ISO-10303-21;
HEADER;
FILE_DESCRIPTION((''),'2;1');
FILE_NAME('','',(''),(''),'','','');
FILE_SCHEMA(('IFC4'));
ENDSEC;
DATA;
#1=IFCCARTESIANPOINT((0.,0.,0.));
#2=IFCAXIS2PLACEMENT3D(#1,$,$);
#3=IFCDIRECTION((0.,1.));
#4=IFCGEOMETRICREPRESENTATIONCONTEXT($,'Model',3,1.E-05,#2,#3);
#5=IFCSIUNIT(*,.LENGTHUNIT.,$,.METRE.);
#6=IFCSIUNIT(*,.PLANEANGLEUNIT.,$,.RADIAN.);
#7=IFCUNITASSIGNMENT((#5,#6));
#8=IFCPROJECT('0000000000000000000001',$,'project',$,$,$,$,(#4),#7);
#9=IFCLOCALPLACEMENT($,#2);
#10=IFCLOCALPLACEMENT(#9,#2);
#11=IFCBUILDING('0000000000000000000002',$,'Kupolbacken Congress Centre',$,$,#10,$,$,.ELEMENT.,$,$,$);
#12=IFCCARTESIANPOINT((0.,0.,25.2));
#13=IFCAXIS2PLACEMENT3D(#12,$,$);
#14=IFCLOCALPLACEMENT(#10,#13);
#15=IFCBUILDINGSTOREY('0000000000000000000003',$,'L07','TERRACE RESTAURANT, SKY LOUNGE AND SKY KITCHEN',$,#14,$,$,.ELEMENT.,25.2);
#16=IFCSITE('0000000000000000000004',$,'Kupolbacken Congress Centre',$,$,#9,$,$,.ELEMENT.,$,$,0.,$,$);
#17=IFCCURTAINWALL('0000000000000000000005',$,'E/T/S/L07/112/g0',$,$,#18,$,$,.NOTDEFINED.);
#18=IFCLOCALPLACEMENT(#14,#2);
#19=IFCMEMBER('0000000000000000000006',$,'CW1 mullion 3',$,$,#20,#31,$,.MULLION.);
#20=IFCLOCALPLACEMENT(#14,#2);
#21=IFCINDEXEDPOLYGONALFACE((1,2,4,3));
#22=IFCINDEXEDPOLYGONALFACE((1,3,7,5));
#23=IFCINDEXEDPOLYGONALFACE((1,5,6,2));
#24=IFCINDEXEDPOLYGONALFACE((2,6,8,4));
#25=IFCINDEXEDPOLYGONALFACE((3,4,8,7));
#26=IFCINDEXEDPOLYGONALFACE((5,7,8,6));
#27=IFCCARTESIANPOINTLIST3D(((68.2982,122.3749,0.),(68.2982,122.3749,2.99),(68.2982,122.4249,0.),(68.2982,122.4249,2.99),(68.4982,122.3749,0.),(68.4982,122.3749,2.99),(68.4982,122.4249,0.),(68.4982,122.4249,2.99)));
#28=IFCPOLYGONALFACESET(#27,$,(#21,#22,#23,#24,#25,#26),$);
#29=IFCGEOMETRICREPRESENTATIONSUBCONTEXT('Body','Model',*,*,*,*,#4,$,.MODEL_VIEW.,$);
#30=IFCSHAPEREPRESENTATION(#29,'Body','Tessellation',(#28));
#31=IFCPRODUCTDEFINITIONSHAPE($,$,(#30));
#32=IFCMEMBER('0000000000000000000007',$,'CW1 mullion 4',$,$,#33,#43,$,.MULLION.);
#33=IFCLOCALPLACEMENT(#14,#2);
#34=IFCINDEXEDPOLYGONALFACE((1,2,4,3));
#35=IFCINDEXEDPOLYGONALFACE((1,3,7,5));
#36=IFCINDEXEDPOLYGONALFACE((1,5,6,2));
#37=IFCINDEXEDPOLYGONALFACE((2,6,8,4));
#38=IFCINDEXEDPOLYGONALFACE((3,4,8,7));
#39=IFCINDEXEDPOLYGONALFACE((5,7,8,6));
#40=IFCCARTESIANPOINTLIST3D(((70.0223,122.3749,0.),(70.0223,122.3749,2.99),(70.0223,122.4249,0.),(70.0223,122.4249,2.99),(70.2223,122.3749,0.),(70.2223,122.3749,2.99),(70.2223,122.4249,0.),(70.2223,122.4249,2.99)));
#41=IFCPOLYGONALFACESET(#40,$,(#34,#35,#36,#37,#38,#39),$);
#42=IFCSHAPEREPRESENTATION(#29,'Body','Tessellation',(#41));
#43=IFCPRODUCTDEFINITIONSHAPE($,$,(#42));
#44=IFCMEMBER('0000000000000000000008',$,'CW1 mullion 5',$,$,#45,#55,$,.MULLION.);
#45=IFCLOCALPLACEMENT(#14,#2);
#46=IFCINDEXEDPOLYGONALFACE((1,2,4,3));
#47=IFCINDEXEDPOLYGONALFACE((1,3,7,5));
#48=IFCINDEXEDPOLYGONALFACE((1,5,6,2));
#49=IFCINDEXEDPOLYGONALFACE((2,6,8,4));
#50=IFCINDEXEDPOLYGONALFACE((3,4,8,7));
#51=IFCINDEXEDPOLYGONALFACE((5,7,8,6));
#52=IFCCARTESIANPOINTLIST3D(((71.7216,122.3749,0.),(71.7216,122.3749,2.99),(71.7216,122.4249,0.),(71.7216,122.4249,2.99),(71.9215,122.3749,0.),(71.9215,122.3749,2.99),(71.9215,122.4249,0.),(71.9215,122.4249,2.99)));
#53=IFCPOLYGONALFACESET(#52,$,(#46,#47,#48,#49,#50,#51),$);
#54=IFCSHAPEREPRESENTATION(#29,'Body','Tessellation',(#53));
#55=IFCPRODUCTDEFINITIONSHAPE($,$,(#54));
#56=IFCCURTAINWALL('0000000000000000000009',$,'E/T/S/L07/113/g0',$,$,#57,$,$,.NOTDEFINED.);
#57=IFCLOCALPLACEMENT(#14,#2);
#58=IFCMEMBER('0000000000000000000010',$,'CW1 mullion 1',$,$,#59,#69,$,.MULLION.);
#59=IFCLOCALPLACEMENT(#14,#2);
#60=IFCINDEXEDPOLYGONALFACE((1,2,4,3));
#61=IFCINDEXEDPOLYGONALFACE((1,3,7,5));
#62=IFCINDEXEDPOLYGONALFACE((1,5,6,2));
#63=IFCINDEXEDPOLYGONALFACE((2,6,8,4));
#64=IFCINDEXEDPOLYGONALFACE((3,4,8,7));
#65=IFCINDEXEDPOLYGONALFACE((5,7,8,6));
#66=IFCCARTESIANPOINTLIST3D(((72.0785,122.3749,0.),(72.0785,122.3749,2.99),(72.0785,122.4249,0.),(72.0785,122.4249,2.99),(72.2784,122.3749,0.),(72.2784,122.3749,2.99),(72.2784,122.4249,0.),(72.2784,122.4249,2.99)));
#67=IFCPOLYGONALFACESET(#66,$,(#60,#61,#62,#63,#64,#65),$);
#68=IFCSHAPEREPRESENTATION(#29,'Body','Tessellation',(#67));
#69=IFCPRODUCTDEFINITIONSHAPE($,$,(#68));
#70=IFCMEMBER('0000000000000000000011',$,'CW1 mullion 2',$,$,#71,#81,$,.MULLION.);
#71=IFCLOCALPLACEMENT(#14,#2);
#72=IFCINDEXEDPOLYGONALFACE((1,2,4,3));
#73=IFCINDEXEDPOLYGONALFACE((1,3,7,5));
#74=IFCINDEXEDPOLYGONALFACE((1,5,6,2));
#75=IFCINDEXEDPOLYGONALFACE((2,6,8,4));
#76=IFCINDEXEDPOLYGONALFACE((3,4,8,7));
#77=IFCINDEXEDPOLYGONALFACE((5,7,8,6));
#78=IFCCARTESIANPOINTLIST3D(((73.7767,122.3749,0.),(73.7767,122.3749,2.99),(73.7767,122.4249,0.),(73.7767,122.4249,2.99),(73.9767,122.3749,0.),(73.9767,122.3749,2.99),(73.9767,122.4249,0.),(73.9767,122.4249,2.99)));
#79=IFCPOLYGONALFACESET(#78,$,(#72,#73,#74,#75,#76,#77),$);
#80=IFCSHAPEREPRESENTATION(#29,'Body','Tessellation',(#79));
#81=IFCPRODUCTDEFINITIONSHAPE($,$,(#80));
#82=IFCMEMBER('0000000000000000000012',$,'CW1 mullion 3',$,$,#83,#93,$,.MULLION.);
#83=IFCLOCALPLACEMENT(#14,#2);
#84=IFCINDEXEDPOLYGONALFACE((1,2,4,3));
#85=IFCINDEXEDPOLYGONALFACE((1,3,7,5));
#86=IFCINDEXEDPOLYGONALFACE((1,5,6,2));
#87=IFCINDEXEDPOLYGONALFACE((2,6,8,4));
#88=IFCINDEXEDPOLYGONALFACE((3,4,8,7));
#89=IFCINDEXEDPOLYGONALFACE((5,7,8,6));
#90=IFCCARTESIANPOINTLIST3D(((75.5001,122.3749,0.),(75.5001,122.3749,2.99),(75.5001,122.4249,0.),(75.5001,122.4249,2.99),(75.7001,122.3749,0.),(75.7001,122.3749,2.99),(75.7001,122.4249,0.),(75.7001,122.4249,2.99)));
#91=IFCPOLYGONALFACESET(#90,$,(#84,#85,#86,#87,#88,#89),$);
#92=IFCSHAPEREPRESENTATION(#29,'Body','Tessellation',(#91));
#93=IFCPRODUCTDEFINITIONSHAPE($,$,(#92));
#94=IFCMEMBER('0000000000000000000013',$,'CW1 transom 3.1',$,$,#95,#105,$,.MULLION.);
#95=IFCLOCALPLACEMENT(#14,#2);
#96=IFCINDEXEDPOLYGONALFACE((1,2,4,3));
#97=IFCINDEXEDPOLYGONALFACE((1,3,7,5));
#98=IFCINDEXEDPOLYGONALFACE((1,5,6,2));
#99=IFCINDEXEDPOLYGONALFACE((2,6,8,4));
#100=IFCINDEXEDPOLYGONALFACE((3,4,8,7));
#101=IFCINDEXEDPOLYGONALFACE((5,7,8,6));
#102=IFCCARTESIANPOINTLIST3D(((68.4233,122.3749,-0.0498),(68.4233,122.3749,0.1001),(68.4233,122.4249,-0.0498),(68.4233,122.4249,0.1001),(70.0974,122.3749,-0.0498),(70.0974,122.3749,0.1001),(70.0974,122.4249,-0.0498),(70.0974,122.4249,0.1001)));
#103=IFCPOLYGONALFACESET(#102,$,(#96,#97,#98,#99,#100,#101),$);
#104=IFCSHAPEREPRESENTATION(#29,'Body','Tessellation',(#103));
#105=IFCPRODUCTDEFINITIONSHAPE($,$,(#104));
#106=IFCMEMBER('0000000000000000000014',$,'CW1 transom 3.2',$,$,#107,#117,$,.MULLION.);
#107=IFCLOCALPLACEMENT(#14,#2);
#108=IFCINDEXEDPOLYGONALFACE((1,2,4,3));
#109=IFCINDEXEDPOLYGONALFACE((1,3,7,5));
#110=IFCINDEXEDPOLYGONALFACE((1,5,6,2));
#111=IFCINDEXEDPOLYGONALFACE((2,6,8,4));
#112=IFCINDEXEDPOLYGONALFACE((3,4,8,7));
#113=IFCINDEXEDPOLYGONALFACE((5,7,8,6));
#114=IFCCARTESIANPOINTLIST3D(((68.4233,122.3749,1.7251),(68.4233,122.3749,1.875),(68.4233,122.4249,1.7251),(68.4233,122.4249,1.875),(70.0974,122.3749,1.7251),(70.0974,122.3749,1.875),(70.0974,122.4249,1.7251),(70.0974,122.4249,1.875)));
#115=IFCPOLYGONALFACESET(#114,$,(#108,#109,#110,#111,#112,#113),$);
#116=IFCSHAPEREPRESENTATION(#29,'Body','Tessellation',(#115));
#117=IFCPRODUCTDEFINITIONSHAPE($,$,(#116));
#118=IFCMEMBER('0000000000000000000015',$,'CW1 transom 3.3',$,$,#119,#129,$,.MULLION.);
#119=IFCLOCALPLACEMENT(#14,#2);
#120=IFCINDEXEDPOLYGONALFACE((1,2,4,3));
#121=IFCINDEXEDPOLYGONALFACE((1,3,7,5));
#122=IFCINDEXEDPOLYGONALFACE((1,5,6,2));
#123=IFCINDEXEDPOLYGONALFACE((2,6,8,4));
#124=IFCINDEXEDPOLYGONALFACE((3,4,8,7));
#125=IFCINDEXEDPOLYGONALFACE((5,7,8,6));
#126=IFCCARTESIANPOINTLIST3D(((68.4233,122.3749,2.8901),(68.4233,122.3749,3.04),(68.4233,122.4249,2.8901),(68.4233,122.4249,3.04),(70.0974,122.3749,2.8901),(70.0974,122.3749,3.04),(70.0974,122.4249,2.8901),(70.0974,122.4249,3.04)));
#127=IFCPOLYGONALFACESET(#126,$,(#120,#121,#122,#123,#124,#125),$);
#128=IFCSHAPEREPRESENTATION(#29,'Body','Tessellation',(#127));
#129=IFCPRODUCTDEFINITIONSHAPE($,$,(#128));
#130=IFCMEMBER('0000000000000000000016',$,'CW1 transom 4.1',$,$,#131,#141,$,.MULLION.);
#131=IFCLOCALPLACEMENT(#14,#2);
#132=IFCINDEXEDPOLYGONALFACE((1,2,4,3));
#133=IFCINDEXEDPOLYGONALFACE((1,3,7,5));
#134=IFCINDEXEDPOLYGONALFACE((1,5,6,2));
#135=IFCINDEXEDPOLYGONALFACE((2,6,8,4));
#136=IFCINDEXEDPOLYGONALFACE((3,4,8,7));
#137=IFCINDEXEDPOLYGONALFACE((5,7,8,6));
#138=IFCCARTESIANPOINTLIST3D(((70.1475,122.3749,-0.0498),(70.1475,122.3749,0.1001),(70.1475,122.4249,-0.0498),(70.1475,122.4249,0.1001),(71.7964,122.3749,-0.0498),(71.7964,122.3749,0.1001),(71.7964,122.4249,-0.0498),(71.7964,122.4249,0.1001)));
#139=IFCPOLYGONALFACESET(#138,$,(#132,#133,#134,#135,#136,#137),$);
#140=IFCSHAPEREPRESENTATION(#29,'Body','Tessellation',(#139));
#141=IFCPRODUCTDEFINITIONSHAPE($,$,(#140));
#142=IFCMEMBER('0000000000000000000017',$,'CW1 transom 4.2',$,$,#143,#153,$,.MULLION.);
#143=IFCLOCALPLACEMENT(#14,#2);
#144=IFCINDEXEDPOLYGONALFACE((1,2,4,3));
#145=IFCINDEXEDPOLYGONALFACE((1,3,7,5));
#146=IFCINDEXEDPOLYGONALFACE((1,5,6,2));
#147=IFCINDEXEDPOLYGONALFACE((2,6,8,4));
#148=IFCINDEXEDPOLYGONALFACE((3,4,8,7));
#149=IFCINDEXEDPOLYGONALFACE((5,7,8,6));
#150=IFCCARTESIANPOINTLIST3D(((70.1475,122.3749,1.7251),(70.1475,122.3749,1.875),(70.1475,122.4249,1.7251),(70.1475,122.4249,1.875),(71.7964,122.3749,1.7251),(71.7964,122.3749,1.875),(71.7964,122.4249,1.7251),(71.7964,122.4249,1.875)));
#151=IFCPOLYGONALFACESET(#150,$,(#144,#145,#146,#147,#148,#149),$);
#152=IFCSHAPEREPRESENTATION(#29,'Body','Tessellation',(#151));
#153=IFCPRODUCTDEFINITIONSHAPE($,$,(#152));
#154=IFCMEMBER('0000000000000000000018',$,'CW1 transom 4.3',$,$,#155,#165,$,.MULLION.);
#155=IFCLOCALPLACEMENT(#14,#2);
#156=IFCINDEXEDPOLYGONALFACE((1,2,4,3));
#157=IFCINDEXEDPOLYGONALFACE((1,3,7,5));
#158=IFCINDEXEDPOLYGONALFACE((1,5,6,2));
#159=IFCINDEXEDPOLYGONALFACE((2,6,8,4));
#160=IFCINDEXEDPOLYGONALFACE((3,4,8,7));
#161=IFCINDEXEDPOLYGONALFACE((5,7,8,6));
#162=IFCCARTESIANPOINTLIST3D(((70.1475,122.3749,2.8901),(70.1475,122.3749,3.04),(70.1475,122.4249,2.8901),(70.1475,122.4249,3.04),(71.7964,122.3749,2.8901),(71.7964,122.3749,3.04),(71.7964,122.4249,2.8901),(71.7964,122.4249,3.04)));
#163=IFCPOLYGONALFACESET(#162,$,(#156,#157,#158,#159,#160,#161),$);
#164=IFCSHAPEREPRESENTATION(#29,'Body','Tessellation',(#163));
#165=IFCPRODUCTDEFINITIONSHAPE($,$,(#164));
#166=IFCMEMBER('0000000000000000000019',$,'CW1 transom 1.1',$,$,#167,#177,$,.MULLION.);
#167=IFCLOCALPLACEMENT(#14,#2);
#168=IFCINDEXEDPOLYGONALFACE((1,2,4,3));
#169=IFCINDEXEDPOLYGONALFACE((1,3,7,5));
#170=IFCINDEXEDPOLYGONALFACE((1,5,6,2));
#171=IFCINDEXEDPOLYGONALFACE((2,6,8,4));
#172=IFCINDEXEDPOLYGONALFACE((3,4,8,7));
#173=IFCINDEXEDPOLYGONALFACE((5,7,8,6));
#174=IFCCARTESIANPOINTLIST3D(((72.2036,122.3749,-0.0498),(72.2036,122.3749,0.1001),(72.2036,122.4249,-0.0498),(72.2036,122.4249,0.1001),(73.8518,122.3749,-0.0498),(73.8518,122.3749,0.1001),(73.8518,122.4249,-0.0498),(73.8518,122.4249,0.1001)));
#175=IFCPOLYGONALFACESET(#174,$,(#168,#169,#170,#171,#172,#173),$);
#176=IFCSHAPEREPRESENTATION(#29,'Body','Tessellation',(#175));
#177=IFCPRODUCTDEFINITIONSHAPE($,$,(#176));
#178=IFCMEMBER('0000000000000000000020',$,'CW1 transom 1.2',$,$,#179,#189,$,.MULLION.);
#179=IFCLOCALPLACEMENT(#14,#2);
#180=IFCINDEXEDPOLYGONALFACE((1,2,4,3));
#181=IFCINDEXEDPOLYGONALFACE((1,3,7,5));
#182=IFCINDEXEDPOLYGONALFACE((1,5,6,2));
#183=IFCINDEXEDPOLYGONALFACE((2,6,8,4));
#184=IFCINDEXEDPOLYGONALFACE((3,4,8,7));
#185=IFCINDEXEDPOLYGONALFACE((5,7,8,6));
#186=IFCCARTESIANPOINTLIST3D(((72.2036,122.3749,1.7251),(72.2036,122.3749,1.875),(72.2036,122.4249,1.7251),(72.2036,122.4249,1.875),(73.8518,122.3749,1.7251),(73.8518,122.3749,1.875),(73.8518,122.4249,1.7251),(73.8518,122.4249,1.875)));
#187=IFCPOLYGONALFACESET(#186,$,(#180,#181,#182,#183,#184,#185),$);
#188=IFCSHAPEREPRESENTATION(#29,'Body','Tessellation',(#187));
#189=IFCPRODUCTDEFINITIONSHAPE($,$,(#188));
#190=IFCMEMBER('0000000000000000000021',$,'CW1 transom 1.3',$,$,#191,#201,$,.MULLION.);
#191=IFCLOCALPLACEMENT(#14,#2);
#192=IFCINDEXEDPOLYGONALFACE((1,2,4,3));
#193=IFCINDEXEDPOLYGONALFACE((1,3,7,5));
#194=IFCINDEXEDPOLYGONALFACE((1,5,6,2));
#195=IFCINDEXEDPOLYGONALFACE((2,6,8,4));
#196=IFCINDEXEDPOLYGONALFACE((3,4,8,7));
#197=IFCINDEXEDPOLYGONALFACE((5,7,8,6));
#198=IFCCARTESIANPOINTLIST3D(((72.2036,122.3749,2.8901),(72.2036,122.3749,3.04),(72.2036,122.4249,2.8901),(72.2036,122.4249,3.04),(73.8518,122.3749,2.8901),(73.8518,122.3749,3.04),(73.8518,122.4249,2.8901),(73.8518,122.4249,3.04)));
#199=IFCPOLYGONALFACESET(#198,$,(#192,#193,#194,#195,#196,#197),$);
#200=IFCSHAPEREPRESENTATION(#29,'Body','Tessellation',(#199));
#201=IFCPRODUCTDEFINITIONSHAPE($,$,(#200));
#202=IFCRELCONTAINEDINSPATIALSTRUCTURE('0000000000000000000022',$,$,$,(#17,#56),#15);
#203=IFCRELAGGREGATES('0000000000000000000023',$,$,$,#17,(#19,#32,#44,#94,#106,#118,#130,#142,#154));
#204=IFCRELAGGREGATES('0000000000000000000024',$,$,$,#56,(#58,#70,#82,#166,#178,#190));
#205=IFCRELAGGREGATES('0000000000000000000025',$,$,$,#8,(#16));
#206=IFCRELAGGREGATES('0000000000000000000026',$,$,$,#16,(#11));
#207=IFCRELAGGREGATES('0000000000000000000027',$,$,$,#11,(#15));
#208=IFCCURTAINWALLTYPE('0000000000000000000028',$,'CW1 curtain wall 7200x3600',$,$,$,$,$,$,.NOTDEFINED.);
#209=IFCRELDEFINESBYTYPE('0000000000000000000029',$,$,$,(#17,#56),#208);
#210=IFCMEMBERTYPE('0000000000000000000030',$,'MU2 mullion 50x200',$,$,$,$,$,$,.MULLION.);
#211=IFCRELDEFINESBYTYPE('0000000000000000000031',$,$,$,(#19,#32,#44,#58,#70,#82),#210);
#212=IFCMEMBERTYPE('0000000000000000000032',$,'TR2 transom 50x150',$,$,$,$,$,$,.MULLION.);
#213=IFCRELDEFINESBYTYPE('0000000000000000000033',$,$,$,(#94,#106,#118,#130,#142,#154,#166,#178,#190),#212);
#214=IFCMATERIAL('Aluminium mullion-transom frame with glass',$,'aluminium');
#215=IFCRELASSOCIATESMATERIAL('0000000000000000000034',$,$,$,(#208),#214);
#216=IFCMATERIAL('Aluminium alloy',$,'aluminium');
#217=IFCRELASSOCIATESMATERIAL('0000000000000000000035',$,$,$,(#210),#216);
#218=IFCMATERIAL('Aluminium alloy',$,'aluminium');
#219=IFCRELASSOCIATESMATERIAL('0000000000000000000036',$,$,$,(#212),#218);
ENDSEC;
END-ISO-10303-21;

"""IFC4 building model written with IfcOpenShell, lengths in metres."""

from ifc_helpers import new_model, si_unit, direction, frame, origin, origin_2d, place, context, subcontext, project, spatial, rectangle, extrude, material, material_profile, profile_set, type_object, element, aggregate, save


model = new_model("IFC4")

# Units and contexts
model_context = context("Model", 3, precision=1e-05, world=origin(), true_north=direction((0.0, 1.0)))
body_context = subcontext(model_context, "Body", "Model", "MODEL_VIEW")
ifc_project = project(units=[si_unit("LENGTHUNIT", "METRE"), si_unit("PLANEANGLEUNIT", "RADIAN")], contexts=[model_context])

# Site, building, storey
site_placement = place(None, origin())
site = spatial("IfcSite", under=ifc_project, at=site_placement, Name="Kupolbacken Congress Centre", CompositionType="ELEMENT", RefElevation=0.0)
building_placement = place(site_placement, origin())
building = spatial("IfcBuilding", under=site, at=building_placement, Name="Kupolbacken Congress Centre", CompositionType="ELEMENT")
storey_placement = place(building_placement, frame((0.0, 0.0, 25.2)))
storey = spatial("IfcBuildingStorey", under=building, at=storey_placement, Name="L07", Description="TERRACE RESTAURANT, SKY LOUNGE AND SKY KITCHEN", CompositionType="ELEMENT", Elevation=25.2)

# Curtain walls, members
ifc_material_1 = material(Name="Aluminium mullion-transom frame with glass", Category="aluminium")
curtain_wall_type = type_object("IfcCurtainWallType", Name="CW1 curtain wall 7200x3600", PredefinedType="NOTDEFINED", material=ifc_material_1)
curtain_wall_1_placement = place(storey_placement, origin())
curtain_wall_1 = element("IfcCurtainWall", 1, at=curtain_wall_1_placement, inside=storey, type_object=curtain_wall_type, Name="E/T/S/L07/112/g0", PredefinedType="NOTDEFINED")
ifc_material_2 = material(Name="Aluminium alloy", Category="aluminium")
ifc_material_profile_1 = material_profile(ifc_material_2, rectangle(XDim=0.05, YDim=0.2, at=origin_2d()), Name="50 x 200")
ifc_profile_set_1 = profile_set([ifc_material_profile_1], Name="Aluminium alloy")
member_type_1 = type_object("IfcMemberType", Name="MU2 mullion 50x200", PredefinedType="MULLION", material=ifc_profile_set_1)
member_1_placement = place(storey_placement, frame((68.3982, 122.3999, 0.0), z_axis=(0.0, 0.0, 1.0), x_axis=(0.0, 1.0, 0.0)))
member_1 = element("IfcMember", 2, at=member_1_placement, type_object=member_type_1, Name="CW1 mullion 3", PredefinedType="MULLION", context=body_context, shape_type="SweptSolid", body=[
    extrude(rectangle(XDim=0.05, YDim=0.2, at=origin_2d()), origin(), (0.0, 0.0, 1.0), 2.99),
])
member_2_placement = place(storey_placement, frame((70.1223, 122.3999, 0.0), z_axis=(0.0, 0.0, 1.0), x_axis=(0.0, 1.0, 0.0)))
member_2 = element("IfcMember", 3, at=member_2_placement, type_object=member_type_1, Name="CW1 mullion 4", PredefinedType="MULLION", context=body_context, shape_type="SweptSolid", body=[
    extrude(rectangle(XDim=0.05, YDim=0.2, at=origin_2d()), origin(), (0.0, 0.0, 1.0), 2.99),
])
member_3_placement = place(storey_placement, frame((71.8215, 122.3999, 0.0), z_axis=(0.0, 0.0, 1.0), x_axis=(0.0, 1.0, 0.0)))
member_3 = element("IfcMember", 4, at=member_3_placement, type_object=member_type_1, Name="CW1 mullion 5", PredefinedType="MULLION", context=body_context, shape_type="SweptSolid", body=[
    extrude(rectangle(XDim=0.05, YDim=0.2, at=origin_2d()), origin(), (0.0, 0.0, 1.0), 2.99),
])
curtain_wall_2_placement = place(storey_placement, origin())
curtain_wall_2 = element("IfcCurtainWall", 5, at=curtain_wall_2_placement, inside=storey, type_object=curtain_wall_type, Name="E/T/S/L07/113/g0", PredefinedType="NOTDEFINED")
member_4_placement = place(storey_placement, frame((72.1785, 122.3999, 0.0), z_axis=(0.0, 0.0, 1.0), x_axis=(0.0, 1.0, 0.0)))
member_4 = element("IfcMember", 6, at=member_4_placement, type_object=member_type_1, Name="CW1 mullion 1", PredefinedType="MULLION", context=body_context, shape_type="SweptSolid", body=[
    extrude(rectangle(XDim=0.05, YDim=0.2, at=origin_2d()), origin(), (0.0, 0.0, 1.0), 2.99),
])
member_5_placement = place(storey_placement, frame((73.8767, 122.3999, 0.0), z_axis=(0.0, 0.0, 1.0), x_axis=(0.0, 1.0, 0.0)))
member_5 = element("IfcMember", 7, at=member_5_placement, type_object=member_type_1, Name="CW1 mullion 2", PredefinedType="MULLION", context=body_context, shape_type="SweptSolid", body=[
    extrude(rectangle(XDim=0.05, YDim=0.2, at=origin_2d()), origin(), (0.0, 0.0, 1.0), 2.99),
])
member_6_placement = place(storey_placement, frame((75.6001, 122.3999, 0.0), z_axis=(0.0, 0.0, 1.0), x_axis=(0.0, 1.0, 0.0)))
member_6 = element("IfcMember", 8, at=member_6_placement, type_object=member_type_1, Name="CW1 mullion 3", PredefinedType="MULLION", context=body_context, shape_type="SweptSolid", body=[
    extrude(rectangle(XDim=0.05, YDim=0.2, at=origin_2d()), origin(), (0.0, 0.0, 1.0), 2.99),
])

# Members
ifc_material_3 = material(Name="Aluminium alloy", Category="aluminium")
ifc_material_profile_2 = material_profile(ifc_material_3, rectangle(XDim=0.05, YDim=0.1499, at=origin_2d()), Name="50 x 150")
ifc_profile_set_2 = profile_set([ifc_material_profile_2], Name="Aluminium alloy")
member_type_2 = type_object("IfcMemberType", Name="TR2 transom 50x150", PredefinedType="MULLION", material=ifc_profile_set_2)
member_7_placement = place(storey_placement, frame((68.4233, 122.3999, 0.0251), z_axis=(1.0, 0.0, 0.0), x_axis=(0.0, 1.0, 0.0)))
member_7 = element("IfcMember", 9, at=member_7_placement, type_object=member_type_2, Name="CW1 transom 3.1", PredefinedType="MULLION", context=body_context, shape_type="SweptSolid", body=[
    extrude(rectangle(XDim=0.05, YDim=0.1499, at=origin_2d()), origin(), (0.0, 0.0, 1.0), 1.6741),
])
member_8_placement = place(storey_placement, frame((68.4233, 122.3999, 1.8), z_axis=(1.0, 0.0, 0.0), x_axis=(0.0, 1.0, 0.0)))
member_8 = element("IfcMember", 10, at=member_8_placement, type_object=member_type_2, Name="CW1 transom 3.2", PredefinedType="MULLION", context=body_context, shape_type="SweptSolid", body=[
    extrude(rectangle(XDim=0.05, YDim=0.1499, at=origin_2d()), origin(), (0.0, 0.0, 1.0), 1.6741),
])
member_9_placement = place(storey_placement, frame((68.4233, 122.3999, 2.9651), z_axis=(1.0, 0.0, 0.0), x_axis=(0.0, 1.0, 0.0)))
member_9 = element("IfcMember", 11, at=member_9_placement, type_object=member_type_2, Name="CW1 transom 3.3", PredefinedType="MULLION", context=body_context, shape_type="SweptSolid", body=[
    extrude(rectangle(XDim=0.05, YDim=0.1499, at=origin_2d()), origin(), (0.0, 0.0, 1.0), 1.6741),
])
member_10_placement = place(storey_placement, frame((70.1475, 122.3999, 0.0251), z_axis=(1.0, 0.0, 0.0), x_axis=(0.0, 1.0, 0.0)))
member_10 = element("IfcMember", 12, at=member_10_placement, type_object=member_type_2, Name="CW1 transom 4.1", PredefinedType="MULLION", context=body_context, shape_type="SweptSolid", body=[
    extrude(rectangle(XDim=0.05, YDim=0.1499, at=origin_2d()), origin(), (0.0, 0.0, 1.0), 1.6489),
])
member_11_placement = place(storey_placement, frame((70.1475, 122.3999, 1.8), z_axis=(1.0, 0.0, 0.0), x_axis=(0.0, 1.0, 0.0)))
member_11 = element("IfcMember", 13, at=member_11_placement, type_object=member_type_2, Name="CW1 transom 4.2", PredefinedType="MULLION", context=body_context, shape_type="SweptSolid", body=[
    extrude(rectangle(XDim=0.05, YDim=0.1499, at=origin_2d()), origin(), (0.0, 0.0, 1.0), 1.6489),
])
member_12_placement = place(storey_placement, frame((70.1475, 122.3999, 2.9651), z_axis=(1.0, 0.0, 0.0), x_axis=(0.0, 1.0, 0.0)))
member_12 = element("IfcMember", 14, at=member_12_placement, type_object=member_type_2, Name="CW1 transom 4.3", PredefinedType="MULLION", context=body_context, shape_type="SweptSolid", body=[
    extrude(rectangle(XDim=0.05, YDim=0.1499, at=origin_2d()), origin(), (0.0, 0.0, 1.0), 1.6489),
])
member_13_placement = place(storey_placement, frame((72.2036, 122.3999, 0.0251), z_axis=(1.0, 0.0, 0.0), x_axis=(0.0, 1.0, 0.0)))
member_13 = element("IfcMember", 15, at=member_13_placement, type_object=member_type_2, Name="CW1 transom 1.1", PredefinedType="MULLION", context=body_context, shape_type="SweptSolid", body=[
    extrude(rectangle(XDim=0.05, YDim=0.1499, at=origin_2d()), origin(), (0.0, 0.0, 1.0), 1.6482),
])
member_14_placement = place(storey_placement, frame((72.2036, 122.3999, 1.8), z_axis=(1.0, 0.0, 0.0), x_axis=(0.0, 1.0, 0.0)))
member_14 = element("IfcMember", 16, at=member_14_placement, type_object=member_type_2, Name="CW1 transom 1.2", PredefinedType="MULLION", context=body_context, shape_type="SweptSolid", body=[
    extrude(rectangle(XDim=0.05, YDim=0.1499, at=origin_2d()), origin(), (0.0, 0.0, 1.0), 1.6482),
])
member_15_placement = place(storey_placement, frame((72.2036, 122.3999, 2.9651), z_axis=(1.0, 0.0, 0.0), x_axis=(0.0, 1.0, 0.0)))
member_15 = element("IfcMember", 17, at=member_15_placement, type_object=member_type_2, Name="CW1 transom 1.3", PredefinedType="MULLION", context=body_context, shape_type="SweptSolid", body=[
    extrude(rectangle(XDim=0.05, YDim=0.1499, at=origin_2d()), origin(), (0.0, 0.0, 1.0), 1.6482),
])

aggregate(curtain_wall_1, [member_1, member_2, member_3, member_7, member_8, member_9, member_10, member_11, member_12])
aggregate(curtain_wall_2, [member_4, member_5, member_6, member_13, member_14, member_15])

save(model, "model.ifc")
